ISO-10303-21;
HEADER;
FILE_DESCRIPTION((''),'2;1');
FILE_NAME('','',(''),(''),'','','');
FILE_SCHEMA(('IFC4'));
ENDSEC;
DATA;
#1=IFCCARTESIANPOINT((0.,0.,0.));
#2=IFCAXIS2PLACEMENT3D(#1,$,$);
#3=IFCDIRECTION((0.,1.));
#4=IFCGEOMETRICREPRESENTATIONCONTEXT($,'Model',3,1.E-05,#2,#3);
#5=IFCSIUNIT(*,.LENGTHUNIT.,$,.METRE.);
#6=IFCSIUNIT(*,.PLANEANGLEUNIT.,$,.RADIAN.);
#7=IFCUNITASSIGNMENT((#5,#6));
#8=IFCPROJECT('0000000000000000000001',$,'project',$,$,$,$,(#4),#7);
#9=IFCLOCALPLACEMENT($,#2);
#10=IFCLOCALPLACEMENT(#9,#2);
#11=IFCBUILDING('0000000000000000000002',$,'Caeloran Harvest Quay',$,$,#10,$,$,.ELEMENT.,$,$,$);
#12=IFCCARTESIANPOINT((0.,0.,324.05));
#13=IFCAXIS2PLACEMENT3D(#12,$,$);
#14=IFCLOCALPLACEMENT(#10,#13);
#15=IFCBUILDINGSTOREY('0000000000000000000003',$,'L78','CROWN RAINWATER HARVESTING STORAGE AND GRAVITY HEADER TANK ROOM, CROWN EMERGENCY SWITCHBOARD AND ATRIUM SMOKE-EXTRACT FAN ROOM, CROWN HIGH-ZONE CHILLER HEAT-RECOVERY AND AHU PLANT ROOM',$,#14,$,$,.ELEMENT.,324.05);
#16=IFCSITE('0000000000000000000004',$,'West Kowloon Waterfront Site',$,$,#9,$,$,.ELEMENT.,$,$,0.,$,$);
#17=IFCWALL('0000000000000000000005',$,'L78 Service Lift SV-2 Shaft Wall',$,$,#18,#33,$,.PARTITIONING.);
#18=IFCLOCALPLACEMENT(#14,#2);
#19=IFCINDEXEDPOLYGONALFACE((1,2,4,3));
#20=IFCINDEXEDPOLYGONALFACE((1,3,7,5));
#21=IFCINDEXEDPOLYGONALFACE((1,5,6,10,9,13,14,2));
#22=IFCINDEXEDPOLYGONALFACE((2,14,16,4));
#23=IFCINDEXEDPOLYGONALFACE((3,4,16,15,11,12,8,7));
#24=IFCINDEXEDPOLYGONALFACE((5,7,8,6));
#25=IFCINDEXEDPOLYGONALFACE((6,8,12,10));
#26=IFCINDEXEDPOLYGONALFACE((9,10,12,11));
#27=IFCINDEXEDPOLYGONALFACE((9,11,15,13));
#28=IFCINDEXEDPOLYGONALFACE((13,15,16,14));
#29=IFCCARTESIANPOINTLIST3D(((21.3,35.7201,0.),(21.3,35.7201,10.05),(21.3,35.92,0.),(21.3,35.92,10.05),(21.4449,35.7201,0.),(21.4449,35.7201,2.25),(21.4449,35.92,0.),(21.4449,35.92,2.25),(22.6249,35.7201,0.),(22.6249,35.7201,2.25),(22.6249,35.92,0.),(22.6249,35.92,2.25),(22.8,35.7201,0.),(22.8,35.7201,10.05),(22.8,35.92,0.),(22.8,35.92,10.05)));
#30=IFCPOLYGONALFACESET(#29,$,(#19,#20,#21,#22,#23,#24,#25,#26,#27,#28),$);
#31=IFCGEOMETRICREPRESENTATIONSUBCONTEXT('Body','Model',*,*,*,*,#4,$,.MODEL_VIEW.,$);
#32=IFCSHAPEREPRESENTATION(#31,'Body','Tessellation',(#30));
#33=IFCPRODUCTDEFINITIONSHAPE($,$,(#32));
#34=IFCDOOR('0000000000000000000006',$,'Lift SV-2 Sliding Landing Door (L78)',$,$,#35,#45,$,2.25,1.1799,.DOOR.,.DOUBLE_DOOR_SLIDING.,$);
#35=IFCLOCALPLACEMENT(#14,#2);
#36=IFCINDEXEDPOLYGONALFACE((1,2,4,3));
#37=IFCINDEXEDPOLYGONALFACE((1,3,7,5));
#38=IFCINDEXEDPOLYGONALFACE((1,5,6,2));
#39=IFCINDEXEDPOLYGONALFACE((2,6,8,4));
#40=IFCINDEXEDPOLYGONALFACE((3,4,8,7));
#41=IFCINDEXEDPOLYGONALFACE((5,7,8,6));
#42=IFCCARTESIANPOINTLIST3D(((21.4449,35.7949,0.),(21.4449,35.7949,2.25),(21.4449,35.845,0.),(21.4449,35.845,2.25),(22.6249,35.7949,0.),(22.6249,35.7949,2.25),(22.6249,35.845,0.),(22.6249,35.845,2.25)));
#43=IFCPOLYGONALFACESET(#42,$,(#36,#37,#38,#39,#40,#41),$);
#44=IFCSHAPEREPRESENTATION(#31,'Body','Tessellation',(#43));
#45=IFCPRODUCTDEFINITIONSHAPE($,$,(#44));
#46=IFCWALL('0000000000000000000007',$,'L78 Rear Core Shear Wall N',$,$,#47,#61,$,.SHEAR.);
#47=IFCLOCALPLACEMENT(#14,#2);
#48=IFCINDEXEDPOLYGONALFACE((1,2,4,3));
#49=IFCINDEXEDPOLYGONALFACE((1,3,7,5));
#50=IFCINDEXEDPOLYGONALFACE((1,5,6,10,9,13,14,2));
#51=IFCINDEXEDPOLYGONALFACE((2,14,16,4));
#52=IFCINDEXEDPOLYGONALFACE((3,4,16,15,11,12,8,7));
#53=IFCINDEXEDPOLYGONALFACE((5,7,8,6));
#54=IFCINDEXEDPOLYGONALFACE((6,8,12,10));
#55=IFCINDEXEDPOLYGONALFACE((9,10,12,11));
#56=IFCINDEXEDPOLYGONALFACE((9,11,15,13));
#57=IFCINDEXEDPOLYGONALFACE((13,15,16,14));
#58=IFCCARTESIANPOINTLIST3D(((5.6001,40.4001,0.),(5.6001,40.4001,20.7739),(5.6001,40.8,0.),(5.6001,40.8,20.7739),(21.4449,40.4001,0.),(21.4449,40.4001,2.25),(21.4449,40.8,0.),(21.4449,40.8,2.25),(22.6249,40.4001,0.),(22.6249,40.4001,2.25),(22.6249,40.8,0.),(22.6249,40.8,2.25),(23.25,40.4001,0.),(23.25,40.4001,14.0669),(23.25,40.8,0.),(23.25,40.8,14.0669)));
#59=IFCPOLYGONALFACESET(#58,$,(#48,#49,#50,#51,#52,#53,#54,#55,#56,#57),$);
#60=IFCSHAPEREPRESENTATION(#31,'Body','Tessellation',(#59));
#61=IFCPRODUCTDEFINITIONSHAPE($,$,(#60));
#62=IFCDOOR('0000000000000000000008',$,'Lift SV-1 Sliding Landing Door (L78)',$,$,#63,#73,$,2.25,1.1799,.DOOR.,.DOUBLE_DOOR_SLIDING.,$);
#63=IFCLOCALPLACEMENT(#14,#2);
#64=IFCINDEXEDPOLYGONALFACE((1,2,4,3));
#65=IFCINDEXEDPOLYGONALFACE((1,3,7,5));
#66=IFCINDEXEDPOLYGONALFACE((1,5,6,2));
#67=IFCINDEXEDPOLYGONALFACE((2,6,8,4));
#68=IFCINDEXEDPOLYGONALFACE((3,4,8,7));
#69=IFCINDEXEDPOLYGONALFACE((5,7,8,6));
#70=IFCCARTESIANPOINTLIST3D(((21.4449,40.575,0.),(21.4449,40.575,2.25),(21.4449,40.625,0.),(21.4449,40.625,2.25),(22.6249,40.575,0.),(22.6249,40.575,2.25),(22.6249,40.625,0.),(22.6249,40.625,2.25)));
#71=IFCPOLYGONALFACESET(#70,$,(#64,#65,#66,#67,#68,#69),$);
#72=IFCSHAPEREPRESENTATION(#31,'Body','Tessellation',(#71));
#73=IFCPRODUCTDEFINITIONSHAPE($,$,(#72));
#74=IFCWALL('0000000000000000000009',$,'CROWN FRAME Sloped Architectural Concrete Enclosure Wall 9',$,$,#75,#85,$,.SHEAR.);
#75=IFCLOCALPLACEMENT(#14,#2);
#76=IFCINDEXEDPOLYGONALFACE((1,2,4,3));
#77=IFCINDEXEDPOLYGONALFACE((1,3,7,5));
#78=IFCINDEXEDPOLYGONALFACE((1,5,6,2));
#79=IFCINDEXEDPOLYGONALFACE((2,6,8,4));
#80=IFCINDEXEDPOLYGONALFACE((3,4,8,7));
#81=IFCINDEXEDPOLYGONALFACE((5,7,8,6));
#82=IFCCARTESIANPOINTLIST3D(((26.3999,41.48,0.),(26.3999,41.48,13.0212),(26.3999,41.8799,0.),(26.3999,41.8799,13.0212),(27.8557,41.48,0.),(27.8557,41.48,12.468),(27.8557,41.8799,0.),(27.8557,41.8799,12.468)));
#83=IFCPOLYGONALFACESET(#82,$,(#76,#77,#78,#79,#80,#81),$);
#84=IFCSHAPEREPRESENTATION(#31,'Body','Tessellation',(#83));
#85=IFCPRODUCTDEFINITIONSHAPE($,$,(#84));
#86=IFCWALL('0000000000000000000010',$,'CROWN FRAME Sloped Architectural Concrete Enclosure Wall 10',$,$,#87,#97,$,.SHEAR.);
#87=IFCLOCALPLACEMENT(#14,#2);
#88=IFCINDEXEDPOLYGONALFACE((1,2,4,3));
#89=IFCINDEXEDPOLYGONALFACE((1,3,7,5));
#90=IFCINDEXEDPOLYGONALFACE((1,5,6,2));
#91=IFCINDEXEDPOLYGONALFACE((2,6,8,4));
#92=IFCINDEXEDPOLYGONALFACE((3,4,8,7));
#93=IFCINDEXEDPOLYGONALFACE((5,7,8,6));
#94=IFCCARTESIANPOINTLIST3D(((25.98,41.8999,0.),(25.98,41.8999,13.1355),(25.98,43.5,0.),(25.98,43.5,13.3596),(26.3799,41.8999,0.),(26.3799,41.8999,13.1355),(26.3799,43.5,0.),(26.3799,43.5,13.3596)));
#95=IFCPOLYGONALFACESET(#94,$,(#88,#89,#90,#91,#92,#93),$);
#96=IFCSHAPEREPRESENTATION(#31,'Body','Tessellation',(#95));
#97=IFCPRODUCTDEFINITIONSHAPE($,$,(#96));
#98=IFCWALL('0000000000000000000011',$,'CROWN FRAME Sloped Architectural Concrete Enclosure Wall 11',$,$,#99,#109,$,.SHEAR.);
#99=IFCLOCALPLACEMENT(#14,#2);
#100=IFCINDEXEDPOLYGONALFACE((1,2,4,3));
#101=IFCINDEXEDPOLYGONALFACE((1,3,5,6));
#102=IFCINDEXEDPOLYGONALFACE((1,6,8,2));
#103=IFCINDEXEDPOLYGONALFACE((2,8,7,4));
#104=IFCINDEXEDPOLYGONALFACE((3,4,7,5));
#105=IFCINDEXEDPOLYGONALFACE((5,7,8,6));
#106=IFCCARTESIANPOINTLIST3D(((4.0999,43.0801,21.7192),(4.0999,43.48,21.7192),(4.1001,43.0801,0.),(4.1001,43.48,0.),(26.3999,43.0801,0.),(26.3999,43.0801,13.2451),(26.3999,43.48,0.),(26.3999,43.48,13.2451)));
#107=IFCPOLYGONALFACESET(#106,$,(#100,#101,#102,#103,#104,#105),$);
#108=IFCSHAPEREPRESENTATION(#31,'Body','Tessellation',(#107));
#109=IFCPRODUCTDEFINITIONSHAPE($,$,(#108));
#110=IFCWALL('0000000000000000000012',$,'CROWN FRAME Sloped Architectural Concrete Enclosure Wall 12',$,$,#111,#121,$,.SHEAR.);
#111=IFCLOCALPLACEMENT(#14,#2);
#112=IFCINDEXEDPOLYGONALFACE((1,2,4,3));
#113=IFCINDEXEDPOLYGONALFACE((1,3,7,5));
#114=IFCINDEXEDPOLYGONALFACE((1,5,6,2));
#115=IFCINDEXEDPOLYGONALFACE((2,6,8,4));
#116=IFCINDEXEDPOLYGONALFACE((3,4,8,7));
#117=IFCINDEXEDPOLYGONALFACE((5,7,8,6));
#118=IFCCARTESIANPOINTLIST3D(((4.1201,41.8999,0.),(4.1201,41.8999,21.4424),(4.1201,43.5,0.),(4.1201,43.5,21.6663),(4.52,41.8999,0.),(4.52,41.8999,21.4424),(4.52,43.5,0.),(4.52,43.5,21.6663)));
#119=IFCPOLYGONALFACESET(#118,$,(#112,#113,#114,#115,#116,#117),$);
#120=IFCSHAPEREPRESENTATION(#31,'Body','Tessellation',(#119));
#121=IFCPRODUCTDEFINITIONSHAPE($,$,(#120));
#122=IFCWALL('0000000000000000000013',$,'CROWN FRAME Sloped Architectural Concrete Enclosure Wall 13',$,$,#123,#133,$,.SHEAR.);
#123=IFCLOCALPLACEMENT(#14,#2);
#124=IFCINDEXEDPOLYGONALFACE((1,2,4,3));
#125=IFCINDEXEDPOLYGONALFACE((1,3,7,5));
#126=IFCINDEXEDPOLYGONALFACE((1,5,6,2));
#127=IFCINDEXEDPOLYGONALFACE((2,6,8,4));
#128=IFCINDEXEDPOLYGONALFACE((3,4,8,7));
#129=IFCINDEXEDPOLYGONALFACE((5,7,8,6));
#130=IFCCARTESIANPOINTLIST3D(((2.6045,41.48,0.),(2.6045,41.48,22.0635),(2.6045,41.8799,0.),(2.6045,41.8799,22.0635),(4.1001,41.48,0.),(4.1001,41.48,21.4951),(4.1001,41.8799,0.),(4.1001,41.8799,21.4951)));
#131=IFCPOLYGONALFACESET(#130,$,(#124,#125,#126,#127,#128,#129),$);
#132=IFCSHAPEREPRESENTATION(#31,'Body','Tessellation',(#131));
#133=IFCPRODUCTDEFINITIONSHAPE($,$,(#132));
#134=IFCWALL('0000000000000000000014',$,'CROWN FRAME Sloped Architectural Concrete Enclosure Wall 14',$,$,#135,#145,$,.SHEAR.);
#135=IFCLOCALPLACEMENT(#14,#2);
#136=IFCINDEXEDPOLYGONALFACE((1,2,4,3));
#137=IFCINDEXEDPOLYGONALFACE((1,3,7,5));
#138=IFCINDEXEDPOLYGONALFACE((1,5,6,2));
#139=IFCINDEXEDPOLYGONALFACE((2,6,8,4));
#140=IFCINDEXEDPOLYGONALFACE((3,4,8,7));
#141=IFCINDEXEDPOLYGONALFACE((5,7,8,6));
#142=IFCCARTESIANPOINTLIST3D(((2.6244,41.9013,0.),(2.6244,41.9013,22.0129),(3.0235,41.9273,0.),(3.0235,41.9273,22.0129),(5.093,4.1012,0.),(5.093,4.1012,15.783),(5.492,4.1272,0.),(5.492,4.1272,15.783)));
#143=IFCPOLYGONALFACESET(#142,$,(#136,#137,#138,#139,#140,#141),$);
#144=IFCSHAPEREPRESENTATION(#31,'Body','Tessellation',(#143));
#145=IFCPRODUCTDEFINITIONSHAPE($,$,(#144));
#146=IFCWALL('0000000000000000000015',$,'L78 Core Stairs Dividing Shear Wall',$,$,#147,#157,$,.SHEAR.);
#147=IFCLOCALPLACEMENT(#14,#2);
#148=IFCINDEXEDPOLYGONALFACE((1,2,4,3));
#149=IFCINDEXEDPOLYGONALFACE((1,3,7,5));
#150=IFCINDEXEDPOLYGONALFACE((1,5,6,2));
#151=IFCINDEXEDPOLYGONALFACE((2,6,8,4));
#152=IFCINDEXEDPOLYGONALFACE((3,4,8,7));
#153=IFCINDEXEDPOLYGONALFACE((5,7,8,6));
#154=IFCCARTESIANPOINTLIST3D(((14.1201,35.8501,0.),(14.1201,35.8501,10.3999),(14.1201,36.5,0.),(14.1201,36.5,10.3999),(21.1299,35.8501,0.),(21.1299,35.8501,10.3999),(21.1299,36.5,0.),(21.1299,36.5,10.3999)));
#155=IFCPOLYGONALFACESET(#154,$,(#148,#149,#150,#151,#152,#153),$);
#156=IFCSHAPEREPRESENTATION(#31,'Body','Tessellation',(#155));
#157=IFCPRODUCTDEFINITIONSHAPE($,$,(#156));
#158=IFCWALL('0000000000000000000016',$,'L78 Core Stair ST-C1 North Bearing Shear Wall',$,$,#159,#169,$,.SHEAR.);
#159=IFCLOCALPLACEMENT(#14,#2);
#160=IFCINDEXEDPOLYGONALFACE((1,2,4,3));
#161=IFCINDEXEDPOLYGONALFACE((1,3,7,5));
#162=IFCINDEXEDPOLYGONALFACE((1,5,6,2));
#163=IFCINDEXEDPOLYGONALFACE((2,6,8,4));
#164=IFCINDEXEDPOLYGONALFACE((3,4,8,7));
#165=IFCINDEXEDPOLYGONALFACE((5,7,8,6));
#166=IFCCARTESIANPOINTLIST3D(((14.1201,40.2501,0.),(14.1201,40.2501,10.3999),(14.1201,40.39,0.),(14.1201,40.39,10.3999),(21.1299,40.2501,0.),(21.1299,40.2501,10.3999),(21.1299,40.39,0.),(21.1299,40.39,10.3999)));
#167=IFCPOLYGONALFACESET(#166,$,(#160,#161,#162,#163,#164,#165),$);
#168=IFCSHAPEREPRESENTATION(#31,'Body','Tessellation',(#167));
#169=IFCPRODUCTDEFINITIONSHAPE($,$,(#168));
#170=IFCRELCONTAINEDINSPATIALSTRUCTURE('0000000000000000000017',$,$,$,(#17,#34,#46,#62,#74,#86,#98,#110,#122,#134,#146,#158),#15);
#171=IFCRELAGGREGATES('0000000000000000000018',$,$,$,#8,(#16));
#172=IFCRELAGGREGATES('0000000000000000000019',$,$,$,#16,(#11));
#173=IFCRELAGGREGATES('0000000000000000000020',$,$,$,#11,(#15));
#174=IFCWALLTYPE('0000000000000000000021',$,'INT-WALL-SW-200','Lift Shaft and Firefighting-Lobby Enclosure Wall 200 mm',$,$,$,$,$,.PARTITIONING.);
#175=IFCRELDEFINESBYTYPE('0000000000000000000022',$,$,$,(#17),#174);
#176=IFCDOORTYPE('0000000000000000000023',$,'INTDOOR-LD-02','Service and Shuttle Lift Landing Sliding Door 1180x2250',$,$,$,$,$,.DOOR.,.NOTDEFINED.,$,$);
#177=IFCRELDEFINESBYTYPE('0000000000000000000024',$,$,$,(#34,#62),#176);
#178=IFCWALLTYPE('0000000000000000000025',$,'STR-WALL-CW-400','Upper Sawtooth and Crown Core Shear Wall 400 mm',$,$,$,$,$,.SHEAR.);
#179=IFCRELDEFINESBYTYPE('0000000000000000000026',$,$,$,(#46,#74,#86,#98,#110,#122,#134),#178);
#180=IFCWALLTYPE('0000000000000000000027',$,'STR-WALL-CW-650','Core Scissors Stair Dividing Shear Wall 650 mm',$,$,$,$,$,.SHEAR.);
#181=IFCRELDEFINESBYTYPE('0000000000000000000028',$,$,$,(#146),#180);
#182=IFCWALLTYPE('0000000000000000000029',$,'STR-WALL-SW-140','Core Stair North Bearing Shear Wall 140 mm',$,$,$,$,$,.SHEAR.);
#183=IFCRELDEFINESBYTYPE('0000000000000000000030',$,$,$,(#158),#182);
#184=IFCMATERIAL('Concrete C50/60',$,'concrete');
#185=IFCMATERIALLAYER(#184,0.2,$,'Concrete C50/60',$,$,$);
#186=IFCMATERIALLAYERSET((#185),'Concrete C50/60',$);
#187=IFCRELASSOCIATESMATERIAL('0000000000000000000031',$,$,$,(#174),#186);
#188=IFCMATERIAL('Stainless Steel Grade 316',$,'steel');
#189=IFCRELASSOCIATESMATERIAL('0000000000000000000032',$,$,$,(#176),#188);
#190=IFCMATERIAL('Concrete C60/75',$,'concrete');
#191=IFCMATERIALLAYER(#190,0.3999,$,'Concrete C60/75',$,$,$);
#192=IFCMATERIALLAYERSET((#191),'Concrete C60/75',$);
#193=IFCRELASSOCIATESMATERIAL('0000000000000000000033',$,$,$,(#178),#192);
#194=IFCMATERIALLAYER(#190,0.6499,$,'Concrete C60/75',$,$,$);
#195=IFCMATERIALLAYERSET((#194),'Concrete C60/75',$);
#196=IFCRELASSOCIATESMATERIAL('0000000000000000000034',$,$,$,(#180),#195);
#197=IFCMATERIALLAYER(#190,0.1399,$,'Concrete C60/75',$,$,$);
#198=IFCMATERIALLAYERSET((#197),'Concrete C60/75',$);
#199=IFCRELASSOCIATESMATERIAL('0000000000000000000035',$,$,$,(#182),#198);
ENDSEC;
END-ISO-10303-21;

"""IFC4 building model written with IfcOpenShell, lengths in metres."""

from ifc_helpers import new_model, si_unit, direction, frame, frame_2d, origin, place, context, subcontext, project, spatial, polyline, rectangle, outline, extrude, material, layer, layer_set, type_object, element, fill, save


model = new_model("IFC4")

# Units and contexts
model_context = context("Model", 3, precision=1e-05, world=origin(), true_north=direction((0.0, 1.0)))
body_context = subcontext(model_context, "Body", "Model", "MODEL_VIEW")
ifc_project = project(units=[si_unit("LENGTHUNIT", "METRE"), si_unit("PLANEANGLEUNIT", "RADIAN")], contexts=[model_context])

# Site, building, storey
site_placement = place(None, origin())
site = spatial("IfcSite", under=ifc_project, at=site_placement, Name="West Kowloon Waterfront Site", CompositionType="ELEMENT", RefElevation=0.0)
building_placement = place(site_placement, origin())
building = spatial("IfcBuilding", under=site, at=building_placement, Name="Caeloran Harvest Quay", CompositionType="ELEMENT")
storey_placement = place(building_placement, frame((0.0, 0.0, 324.05)))
storey = spatial("IfcBuildingStorey", under=building, at=storey_placement, Name="L78", Description="CROWN RAINWATER HARVESTING STORAGE AND GRAVITY HEADER TANK ROOM, CROWN EMERGENCY SWITCHBOARD AND ATRIUM SMOKE-EXTRACT FAN ROOM, CROWN HIGH-ZONE CHILLER HEAT-RECOVERY AND AHU PLANT ROOM", CompositionType="ELEMENT", Elevation=324.05)

# Shared definitions
ifc_material_1 = material(Name="Concrete C50/60", Category="concrete")
ifc_layer_1 = layer(ifc_material_1, 0.2, Name="Concrete C50/60")
ifc_layer_set_1 = layer_set([ifc_layer_1], Name="Concrete C50/60")
wall_type_1 = type_object("IfcWallType", Name="INT-WALL-SW-200", Description="Lift Shaft and Firefighting-Lobby Enclosure Wall 200 mm", PredefinedType="PARTITIONING", material=ifc_layer_set_1)

# Shared definitions
ifc_material_2 = material(Name="Stainless Steel Grade 316", Category="steel")

# Walls, openings, doors
wall_1_placement = place(storey_placement, frame((21.3, 35.8201, 0.0), z_axis=(0.0, 0.0, 1.0), x_axis=(1.0, 0.0, 0.0)))
wall_1 = element("IfcWall", 1, at=wall_1_placement, inside=storey, type_object=wall_type_1, Name="L78 Service Lift SV-2 Shaft Wall", PredefinedType="PARTITIONING", context=body_context, shape_type="SweptSolid", body=[
    extrude(rectangle(XDim=1.5, YDim=0.2, at=frame_2d((0.75, 0.0))), origin(), (0.0, 0.0, 1.0), 10.05),
])
opening_1_placement = place(wall_1_placement, frame((0.145, 0.0, 0.0)))
opening_1 = element("IfcOpeningElement", 2, at=opening_1_placement, cuts=wall_1, PredefinedType="OPENING", context=body_context, shape_type="SweptSolid", body=[
    extrude(rectangle(XDim=1.1799, YDim=2.25, at=frame_2d((0.5898, 1.125))), frame((0.0, 0.1099, 0.0), z_axis=(0.0, -1.0, 0.0), x_axis=(1.0, 0.0, 0.0)), (0.0, 0.0, 1.0), 0.22),
])
door_type_1 = type_object("IfcDoorType", Name="INTDOOR-LD-02", Description="Service and Shuttle Lift Landing Sliding Door 1180x2250", OperationType="NOTDEFINED", PredefinedType="DOOR", material=ifc_material_2)
door_1_placement = place(opening_1_placement, origin())
door_1 = element("IfcDoor", 3, at=door_1_placement, inside=storey, type_object=door_type_1, Name="Lift SV-2 Sliding Landing Door (L78)", OperationType="DOUBLE_DOOR_SLIDING", OverallHeight=2.25, OverallWidth=1.1799, PredefinedType="DOOR", context=body_context, shape_type="SweptSolid", body=[
    extrude(rectangle(XDim=1.1799, YDim=2.25, at=frame_2d((0.5898, 1.125))), frame((0.0, 0.0249, 0.0), z_axis=(0.0, -1.0, 0.0), x_axis=(1.0, 0.0, 0.0)), (0.0, 0.0, 1.0), 0.05),
])
fill(opening_1, door_1)
ifc_material_3 = material(Name="Concrete C60/75", Category="concrete")
ifc_layer_2 = layer(ifc_material_3, 0.3999, Name="Concrete C60/75")
ifc_layer_set_2 = layer_set([ifc_layer_2], Name="Concrete C60/75")
wall_type_2 = type_object("IfcWallType", Name="STR-WALL-CW-400", Description="Upper Sawtooth and Crown Core Shear Wall 400 mm", PredefinedType="SHEAR", material=ifc_layer_set_2)
wall_2_placement = place(storey_placement, frame((5.6001, 40.6001, 0.0), z_axis=(0.0, 0.0, 1.0), x_axis=(1.0, 0.0, 0.0)))
wall_2 = element("IfcWall", 4, at=wall_2_placement, inside=storey, type_object=wall_type_2, Name="L78 Rear Core Shear Wall N", PredefinedType="SHEAR", context=body_context, shape_type="SweptSolid", body=[
    extrude(outline(polyline([(0.0, 0.0), (17.6499, 0.0), (17.6499, 14.0669), (0.0, 20.7739), (0.0, 0.0)])), frame((0.0, 0.2, 0.0), z_axis=(0.0, -1.0, 0.0), x_axis=(1.0, 0.0, 0.0)), (0.0, 0.0, 1.0), 0.3999),
])
opening_2_placement = place(wall_2_placement, frame((15.845, 0.0, 0.0)))
opening_2 = element("IfcOpeningElement", 5, at=opening_2_placement, cuts=wall_2, PredefinedType="OPENING", context=body_context, shape_type="SweptSolid", body=[
    extrude(rectangle(XDim=1.1799, YDim=2.25, at=frame_2d((0.5898, 1.125))), frame((0.0, 0.21, 0.0), z_axis=(0.0, -1.0, 0.0), x_axis=(1.0, 0.0, 0.0)), (0.0, 0.0, 1.0), 0.4199),
])
door_2_placement = place(opening_2_placement, origin())
door_2 = element("IfcDoor", 6, at=door_2_placement, inside=storey, type_object=door_type_1, Name="Lift SV-1 Sliding Landing Door (L78)", OperationType="DOUBLE_DOOR_SLIDING", OverallHeight=2.25, OverallWidth=1.1799, PredefinedType="DOOR", context=body_context, shape_type="SweptSolid", body=[
    extrude(rectangle(XDim=1.1799, YDim=2.25, at=frame_2d((0.5898, 1.125))), frame((0.0, 0.0249, 0.0), z_axis=(0.0, -1.0, 0.0), x_axis=(1.0, 0.0, 0.0)), (0.0, 0.0, 1.0), 0.05),
])
fill(opening_2, door_2)

# Walls
wall_3_placement = place(storey_placement, frame((27.8557, 41.6799, 0.0), z_axis=(0.0, 0.0, 1.0), x_axis=(-1.0, 0.0, 0.0)))
element("IfcWall", 7, at=wall_3_placement, inside=storey, type_object=wall_type_2, Name="CROWN FRAME Sloped Architectural Concrete Enclosure Wall 9", PredefinedType="SHEAR", context=body_context, shape_type="SweptSolid", body=[
    extrude(outline(polyline([(0.0, 0.0), (1.4558, 0.0), (1.4558, 13.0212), (0.0, 12.468), (0.0, 0.0)])), frame((0.0, 0.2, 0.0), z_axis=(0.0, -1.0, 0.0), x_axis=(1.0, 0.0, 0.0)), (0.0, 0.0, 1.0), 0.3999),
])
wall_4_placement = place(storey_placement, frame((26.1799, 41.8999, 0.0), z_axis=(0.0, 0.0, 1.0), x_axis=(0.0, 1.0, 0.0)))
element("IfcWall", 8, at=wall_4_placement, inside=storey, type_object=wall_type_2, Name="CROWN FRAME Sloped Architectural Concrete Enclosure Wall 10", PredefinedType="SHEAR", context=body_context, shape_type="SweptSolid", body=[
    extrude(outline(polyline([(0.0, 0.0), (1.6001, 0.0), (1.6001, 13.3596), (0.0, 13.1355), (0.0, 0.0)])), frame((0.0, 0.2, 0.0), z_axis=(0.0, -1.0, 0.0), x_axis=(1.0, 0.0, 0.0)), (0.0, 0.0, 1.0), 0.3999),
])
wall_5_placement = place(storey_placement, frame((26.3999, 43.28, 0.0), z_axis=(0.0, 0.0, 1.0), x_axis=(-1.0, 0.0, 0.0)))
element("IfcWall", 9, at=wall_5_placement, inside=storey, type_object=wall_type_2, Name="CROWN FRAME Sloped Architectural Concrete Enclosure Wall 11", PredefinedType="SHEAR", context=body_context, shape_type="SweptSolid", body=[
    extrude(outline(polyline([(0.0, 0.0), (22.2998, 0.0), (22.3, 21.7192), (0.0, 13.2451), (0.0, 0.0)])), frame((0.0, 0.2, 0.0), z_axis=(0.0, -1.0, 0.0), x_axis=(1.0, 0.0, 0.0)), (0.0, 0.0, 1.0), 0.3999),
])
wall_6_placement = place(storey_placement, frame((4.3201, 43.5, 0.0), z_axis=(0.0, 0.0, 1.0), x_axis=(0.0, -1.0, 0.0)))
element("IfcWall", 10, at=wall_6_placement, inside=storey, type_object=wall_type_2, Name="CROWN FRAME Sloped Architectural Concrete Enclosure Wall 12", PredefinedType="SHEAR", context=body_context, shape_type="SweptSolid", body=[
    extrude(outline(polyline([(0.0, 0.0), (1.6001, 0.0), (1.6001, 21.4424), (0.0, 21.6663), (0.0, 0.0)])), frame((0.0, 0.2, 0.0), z_axis=(0.0, -1.0, 0.0), x_axis=(1.0, 0.0, 0.0)), (0.0, 0.0, 1.0), 0.3999),
])
wall_7_placement = place(storey_placement, frame((4.1001, 41.6799, 0.0), z_axis=(0.0, 0.0, 1.0), x_axis=(-1.0, 0.0, 0.0)))
element("IfcWall", 11, at=wall_7_placement, inside=storey, type_object=wall_type_2, Name="CROWN FRAME Sloped Architectural Concrete Enclosure Wall 13", PredefinedType="SHEAR", context=body_context, shape_type="SweptSolid", body=[
    extrude(outline(polyline([(0.0, 0.0), (1.4956, 0.0), (1.4956, 22.0635), (0.0, 21.4951), (0.0, 0.0)])), frame((0.0, 0.2, 0.0), z_axis=(0.0, -1.0, 0.0), x_axis=(1.0, 0.0, 0.0)), (0.0, 0.0, 1.0), 0.3999),
])
wall_8_placement = place(storey_placement, frame((2.824, 41.9143, 0.0), z_axis=(0.0, 0.0, 1.0), x_axis=(0.065165, -0.997874, 0.0)))
element("IfcWall", 12, at=wall_8_placement, inside=storey, type_object=wall_type_2, Name="CROWN FRAME Sloped Architectural Concrete Enclosure Wall 14", PredefinedType="SHEAR", context=body_context, shape_type="SweptSolid", body=[
    extrude(outline(polyline([(0.0, 0.0), (37.8806, 0.0), (37.8806, 15.783), (0.0, 22.0129), (0.0, 0.0)])), frame((0.0, 0.2, 0.0), z_axis=(0.0, -1.0, 0.0), x_axis=(1.0, 0.0, 0.0)), (0.0, 0.0, 1.0), 0.3999),
])
ifc_layer_3 = layer(ifc_material_3, 0.6499, Name="Concrete C60/75")
ifc_layer_set_3 = layer_set([ifc_layer_3], Name="Concrete C60/75")
wall_type_3 = type_object("IfcWallType", Name="STR-WALL-CW-650", Description="Core Scissors Stair Dividing Shear Wall 650 mm", PredefinedType="SHEAR", material=ifc_layer_set_3)
wall_9_placement = place(storey_placement, frame((14.1201, 36.175, 0.0), z_axis=(0.0, 0.0, 1.0), x_axis=(1.0, 0.0, 0.0)))
element("IfcWall", 13, at=wall_9_placement, inside=storey, type_object=wall_type_3, Name="L78 Core Stairs Dividing Shear Wall", PredefinedType="SHEAR", context=body_context, shape_type="SweptSolid", body=[
    extrude(rectangle(XDim=7.0098, YDim=0.6499, at=frame_2d((3.5049, 0.0))), origin(), (0.0, 0.0, 1.0), 10.3999),
])
ifc_layer_4 = layer(ifc_material_3, 0.1399, Name="Concrete C60/75")
ifc_layer_set_4 = layer_set([ifc_layer_4], Name="Concrete C60/75")
wall_type_4 = type_object("IfcWallType", Name="STR-WALL-SW-140", Description="Core Stair North Bearing Shear Wall 140 mm", PredefinedType="SHEAR", material=ifc_layer_set_4)
wall_10_placement = place(storey_placement, frame((14.1201, 40.3201, 0.0), z_axis=(0.0, 0.0, 1.0), x_axis=(1.0, 0.0, 0.0)))
element("IfcWall", 14, at=wall_10_placement, inside=storey, type_object=wall_type_4, Name="L78 Core Stair ST-C1 North Bearing Shear Wall", PredefinedType="SHEAR", context=body_context, shape_type="SweptSolid", body=[
    extrude(rectangle(XDim=7.0098, YDim=0.1399, at=frame_2d((3.5049, 0.0))), origin(), (0.0, 0.0, 1.0), 10.3999),
])

save(model, "model.ifc")
